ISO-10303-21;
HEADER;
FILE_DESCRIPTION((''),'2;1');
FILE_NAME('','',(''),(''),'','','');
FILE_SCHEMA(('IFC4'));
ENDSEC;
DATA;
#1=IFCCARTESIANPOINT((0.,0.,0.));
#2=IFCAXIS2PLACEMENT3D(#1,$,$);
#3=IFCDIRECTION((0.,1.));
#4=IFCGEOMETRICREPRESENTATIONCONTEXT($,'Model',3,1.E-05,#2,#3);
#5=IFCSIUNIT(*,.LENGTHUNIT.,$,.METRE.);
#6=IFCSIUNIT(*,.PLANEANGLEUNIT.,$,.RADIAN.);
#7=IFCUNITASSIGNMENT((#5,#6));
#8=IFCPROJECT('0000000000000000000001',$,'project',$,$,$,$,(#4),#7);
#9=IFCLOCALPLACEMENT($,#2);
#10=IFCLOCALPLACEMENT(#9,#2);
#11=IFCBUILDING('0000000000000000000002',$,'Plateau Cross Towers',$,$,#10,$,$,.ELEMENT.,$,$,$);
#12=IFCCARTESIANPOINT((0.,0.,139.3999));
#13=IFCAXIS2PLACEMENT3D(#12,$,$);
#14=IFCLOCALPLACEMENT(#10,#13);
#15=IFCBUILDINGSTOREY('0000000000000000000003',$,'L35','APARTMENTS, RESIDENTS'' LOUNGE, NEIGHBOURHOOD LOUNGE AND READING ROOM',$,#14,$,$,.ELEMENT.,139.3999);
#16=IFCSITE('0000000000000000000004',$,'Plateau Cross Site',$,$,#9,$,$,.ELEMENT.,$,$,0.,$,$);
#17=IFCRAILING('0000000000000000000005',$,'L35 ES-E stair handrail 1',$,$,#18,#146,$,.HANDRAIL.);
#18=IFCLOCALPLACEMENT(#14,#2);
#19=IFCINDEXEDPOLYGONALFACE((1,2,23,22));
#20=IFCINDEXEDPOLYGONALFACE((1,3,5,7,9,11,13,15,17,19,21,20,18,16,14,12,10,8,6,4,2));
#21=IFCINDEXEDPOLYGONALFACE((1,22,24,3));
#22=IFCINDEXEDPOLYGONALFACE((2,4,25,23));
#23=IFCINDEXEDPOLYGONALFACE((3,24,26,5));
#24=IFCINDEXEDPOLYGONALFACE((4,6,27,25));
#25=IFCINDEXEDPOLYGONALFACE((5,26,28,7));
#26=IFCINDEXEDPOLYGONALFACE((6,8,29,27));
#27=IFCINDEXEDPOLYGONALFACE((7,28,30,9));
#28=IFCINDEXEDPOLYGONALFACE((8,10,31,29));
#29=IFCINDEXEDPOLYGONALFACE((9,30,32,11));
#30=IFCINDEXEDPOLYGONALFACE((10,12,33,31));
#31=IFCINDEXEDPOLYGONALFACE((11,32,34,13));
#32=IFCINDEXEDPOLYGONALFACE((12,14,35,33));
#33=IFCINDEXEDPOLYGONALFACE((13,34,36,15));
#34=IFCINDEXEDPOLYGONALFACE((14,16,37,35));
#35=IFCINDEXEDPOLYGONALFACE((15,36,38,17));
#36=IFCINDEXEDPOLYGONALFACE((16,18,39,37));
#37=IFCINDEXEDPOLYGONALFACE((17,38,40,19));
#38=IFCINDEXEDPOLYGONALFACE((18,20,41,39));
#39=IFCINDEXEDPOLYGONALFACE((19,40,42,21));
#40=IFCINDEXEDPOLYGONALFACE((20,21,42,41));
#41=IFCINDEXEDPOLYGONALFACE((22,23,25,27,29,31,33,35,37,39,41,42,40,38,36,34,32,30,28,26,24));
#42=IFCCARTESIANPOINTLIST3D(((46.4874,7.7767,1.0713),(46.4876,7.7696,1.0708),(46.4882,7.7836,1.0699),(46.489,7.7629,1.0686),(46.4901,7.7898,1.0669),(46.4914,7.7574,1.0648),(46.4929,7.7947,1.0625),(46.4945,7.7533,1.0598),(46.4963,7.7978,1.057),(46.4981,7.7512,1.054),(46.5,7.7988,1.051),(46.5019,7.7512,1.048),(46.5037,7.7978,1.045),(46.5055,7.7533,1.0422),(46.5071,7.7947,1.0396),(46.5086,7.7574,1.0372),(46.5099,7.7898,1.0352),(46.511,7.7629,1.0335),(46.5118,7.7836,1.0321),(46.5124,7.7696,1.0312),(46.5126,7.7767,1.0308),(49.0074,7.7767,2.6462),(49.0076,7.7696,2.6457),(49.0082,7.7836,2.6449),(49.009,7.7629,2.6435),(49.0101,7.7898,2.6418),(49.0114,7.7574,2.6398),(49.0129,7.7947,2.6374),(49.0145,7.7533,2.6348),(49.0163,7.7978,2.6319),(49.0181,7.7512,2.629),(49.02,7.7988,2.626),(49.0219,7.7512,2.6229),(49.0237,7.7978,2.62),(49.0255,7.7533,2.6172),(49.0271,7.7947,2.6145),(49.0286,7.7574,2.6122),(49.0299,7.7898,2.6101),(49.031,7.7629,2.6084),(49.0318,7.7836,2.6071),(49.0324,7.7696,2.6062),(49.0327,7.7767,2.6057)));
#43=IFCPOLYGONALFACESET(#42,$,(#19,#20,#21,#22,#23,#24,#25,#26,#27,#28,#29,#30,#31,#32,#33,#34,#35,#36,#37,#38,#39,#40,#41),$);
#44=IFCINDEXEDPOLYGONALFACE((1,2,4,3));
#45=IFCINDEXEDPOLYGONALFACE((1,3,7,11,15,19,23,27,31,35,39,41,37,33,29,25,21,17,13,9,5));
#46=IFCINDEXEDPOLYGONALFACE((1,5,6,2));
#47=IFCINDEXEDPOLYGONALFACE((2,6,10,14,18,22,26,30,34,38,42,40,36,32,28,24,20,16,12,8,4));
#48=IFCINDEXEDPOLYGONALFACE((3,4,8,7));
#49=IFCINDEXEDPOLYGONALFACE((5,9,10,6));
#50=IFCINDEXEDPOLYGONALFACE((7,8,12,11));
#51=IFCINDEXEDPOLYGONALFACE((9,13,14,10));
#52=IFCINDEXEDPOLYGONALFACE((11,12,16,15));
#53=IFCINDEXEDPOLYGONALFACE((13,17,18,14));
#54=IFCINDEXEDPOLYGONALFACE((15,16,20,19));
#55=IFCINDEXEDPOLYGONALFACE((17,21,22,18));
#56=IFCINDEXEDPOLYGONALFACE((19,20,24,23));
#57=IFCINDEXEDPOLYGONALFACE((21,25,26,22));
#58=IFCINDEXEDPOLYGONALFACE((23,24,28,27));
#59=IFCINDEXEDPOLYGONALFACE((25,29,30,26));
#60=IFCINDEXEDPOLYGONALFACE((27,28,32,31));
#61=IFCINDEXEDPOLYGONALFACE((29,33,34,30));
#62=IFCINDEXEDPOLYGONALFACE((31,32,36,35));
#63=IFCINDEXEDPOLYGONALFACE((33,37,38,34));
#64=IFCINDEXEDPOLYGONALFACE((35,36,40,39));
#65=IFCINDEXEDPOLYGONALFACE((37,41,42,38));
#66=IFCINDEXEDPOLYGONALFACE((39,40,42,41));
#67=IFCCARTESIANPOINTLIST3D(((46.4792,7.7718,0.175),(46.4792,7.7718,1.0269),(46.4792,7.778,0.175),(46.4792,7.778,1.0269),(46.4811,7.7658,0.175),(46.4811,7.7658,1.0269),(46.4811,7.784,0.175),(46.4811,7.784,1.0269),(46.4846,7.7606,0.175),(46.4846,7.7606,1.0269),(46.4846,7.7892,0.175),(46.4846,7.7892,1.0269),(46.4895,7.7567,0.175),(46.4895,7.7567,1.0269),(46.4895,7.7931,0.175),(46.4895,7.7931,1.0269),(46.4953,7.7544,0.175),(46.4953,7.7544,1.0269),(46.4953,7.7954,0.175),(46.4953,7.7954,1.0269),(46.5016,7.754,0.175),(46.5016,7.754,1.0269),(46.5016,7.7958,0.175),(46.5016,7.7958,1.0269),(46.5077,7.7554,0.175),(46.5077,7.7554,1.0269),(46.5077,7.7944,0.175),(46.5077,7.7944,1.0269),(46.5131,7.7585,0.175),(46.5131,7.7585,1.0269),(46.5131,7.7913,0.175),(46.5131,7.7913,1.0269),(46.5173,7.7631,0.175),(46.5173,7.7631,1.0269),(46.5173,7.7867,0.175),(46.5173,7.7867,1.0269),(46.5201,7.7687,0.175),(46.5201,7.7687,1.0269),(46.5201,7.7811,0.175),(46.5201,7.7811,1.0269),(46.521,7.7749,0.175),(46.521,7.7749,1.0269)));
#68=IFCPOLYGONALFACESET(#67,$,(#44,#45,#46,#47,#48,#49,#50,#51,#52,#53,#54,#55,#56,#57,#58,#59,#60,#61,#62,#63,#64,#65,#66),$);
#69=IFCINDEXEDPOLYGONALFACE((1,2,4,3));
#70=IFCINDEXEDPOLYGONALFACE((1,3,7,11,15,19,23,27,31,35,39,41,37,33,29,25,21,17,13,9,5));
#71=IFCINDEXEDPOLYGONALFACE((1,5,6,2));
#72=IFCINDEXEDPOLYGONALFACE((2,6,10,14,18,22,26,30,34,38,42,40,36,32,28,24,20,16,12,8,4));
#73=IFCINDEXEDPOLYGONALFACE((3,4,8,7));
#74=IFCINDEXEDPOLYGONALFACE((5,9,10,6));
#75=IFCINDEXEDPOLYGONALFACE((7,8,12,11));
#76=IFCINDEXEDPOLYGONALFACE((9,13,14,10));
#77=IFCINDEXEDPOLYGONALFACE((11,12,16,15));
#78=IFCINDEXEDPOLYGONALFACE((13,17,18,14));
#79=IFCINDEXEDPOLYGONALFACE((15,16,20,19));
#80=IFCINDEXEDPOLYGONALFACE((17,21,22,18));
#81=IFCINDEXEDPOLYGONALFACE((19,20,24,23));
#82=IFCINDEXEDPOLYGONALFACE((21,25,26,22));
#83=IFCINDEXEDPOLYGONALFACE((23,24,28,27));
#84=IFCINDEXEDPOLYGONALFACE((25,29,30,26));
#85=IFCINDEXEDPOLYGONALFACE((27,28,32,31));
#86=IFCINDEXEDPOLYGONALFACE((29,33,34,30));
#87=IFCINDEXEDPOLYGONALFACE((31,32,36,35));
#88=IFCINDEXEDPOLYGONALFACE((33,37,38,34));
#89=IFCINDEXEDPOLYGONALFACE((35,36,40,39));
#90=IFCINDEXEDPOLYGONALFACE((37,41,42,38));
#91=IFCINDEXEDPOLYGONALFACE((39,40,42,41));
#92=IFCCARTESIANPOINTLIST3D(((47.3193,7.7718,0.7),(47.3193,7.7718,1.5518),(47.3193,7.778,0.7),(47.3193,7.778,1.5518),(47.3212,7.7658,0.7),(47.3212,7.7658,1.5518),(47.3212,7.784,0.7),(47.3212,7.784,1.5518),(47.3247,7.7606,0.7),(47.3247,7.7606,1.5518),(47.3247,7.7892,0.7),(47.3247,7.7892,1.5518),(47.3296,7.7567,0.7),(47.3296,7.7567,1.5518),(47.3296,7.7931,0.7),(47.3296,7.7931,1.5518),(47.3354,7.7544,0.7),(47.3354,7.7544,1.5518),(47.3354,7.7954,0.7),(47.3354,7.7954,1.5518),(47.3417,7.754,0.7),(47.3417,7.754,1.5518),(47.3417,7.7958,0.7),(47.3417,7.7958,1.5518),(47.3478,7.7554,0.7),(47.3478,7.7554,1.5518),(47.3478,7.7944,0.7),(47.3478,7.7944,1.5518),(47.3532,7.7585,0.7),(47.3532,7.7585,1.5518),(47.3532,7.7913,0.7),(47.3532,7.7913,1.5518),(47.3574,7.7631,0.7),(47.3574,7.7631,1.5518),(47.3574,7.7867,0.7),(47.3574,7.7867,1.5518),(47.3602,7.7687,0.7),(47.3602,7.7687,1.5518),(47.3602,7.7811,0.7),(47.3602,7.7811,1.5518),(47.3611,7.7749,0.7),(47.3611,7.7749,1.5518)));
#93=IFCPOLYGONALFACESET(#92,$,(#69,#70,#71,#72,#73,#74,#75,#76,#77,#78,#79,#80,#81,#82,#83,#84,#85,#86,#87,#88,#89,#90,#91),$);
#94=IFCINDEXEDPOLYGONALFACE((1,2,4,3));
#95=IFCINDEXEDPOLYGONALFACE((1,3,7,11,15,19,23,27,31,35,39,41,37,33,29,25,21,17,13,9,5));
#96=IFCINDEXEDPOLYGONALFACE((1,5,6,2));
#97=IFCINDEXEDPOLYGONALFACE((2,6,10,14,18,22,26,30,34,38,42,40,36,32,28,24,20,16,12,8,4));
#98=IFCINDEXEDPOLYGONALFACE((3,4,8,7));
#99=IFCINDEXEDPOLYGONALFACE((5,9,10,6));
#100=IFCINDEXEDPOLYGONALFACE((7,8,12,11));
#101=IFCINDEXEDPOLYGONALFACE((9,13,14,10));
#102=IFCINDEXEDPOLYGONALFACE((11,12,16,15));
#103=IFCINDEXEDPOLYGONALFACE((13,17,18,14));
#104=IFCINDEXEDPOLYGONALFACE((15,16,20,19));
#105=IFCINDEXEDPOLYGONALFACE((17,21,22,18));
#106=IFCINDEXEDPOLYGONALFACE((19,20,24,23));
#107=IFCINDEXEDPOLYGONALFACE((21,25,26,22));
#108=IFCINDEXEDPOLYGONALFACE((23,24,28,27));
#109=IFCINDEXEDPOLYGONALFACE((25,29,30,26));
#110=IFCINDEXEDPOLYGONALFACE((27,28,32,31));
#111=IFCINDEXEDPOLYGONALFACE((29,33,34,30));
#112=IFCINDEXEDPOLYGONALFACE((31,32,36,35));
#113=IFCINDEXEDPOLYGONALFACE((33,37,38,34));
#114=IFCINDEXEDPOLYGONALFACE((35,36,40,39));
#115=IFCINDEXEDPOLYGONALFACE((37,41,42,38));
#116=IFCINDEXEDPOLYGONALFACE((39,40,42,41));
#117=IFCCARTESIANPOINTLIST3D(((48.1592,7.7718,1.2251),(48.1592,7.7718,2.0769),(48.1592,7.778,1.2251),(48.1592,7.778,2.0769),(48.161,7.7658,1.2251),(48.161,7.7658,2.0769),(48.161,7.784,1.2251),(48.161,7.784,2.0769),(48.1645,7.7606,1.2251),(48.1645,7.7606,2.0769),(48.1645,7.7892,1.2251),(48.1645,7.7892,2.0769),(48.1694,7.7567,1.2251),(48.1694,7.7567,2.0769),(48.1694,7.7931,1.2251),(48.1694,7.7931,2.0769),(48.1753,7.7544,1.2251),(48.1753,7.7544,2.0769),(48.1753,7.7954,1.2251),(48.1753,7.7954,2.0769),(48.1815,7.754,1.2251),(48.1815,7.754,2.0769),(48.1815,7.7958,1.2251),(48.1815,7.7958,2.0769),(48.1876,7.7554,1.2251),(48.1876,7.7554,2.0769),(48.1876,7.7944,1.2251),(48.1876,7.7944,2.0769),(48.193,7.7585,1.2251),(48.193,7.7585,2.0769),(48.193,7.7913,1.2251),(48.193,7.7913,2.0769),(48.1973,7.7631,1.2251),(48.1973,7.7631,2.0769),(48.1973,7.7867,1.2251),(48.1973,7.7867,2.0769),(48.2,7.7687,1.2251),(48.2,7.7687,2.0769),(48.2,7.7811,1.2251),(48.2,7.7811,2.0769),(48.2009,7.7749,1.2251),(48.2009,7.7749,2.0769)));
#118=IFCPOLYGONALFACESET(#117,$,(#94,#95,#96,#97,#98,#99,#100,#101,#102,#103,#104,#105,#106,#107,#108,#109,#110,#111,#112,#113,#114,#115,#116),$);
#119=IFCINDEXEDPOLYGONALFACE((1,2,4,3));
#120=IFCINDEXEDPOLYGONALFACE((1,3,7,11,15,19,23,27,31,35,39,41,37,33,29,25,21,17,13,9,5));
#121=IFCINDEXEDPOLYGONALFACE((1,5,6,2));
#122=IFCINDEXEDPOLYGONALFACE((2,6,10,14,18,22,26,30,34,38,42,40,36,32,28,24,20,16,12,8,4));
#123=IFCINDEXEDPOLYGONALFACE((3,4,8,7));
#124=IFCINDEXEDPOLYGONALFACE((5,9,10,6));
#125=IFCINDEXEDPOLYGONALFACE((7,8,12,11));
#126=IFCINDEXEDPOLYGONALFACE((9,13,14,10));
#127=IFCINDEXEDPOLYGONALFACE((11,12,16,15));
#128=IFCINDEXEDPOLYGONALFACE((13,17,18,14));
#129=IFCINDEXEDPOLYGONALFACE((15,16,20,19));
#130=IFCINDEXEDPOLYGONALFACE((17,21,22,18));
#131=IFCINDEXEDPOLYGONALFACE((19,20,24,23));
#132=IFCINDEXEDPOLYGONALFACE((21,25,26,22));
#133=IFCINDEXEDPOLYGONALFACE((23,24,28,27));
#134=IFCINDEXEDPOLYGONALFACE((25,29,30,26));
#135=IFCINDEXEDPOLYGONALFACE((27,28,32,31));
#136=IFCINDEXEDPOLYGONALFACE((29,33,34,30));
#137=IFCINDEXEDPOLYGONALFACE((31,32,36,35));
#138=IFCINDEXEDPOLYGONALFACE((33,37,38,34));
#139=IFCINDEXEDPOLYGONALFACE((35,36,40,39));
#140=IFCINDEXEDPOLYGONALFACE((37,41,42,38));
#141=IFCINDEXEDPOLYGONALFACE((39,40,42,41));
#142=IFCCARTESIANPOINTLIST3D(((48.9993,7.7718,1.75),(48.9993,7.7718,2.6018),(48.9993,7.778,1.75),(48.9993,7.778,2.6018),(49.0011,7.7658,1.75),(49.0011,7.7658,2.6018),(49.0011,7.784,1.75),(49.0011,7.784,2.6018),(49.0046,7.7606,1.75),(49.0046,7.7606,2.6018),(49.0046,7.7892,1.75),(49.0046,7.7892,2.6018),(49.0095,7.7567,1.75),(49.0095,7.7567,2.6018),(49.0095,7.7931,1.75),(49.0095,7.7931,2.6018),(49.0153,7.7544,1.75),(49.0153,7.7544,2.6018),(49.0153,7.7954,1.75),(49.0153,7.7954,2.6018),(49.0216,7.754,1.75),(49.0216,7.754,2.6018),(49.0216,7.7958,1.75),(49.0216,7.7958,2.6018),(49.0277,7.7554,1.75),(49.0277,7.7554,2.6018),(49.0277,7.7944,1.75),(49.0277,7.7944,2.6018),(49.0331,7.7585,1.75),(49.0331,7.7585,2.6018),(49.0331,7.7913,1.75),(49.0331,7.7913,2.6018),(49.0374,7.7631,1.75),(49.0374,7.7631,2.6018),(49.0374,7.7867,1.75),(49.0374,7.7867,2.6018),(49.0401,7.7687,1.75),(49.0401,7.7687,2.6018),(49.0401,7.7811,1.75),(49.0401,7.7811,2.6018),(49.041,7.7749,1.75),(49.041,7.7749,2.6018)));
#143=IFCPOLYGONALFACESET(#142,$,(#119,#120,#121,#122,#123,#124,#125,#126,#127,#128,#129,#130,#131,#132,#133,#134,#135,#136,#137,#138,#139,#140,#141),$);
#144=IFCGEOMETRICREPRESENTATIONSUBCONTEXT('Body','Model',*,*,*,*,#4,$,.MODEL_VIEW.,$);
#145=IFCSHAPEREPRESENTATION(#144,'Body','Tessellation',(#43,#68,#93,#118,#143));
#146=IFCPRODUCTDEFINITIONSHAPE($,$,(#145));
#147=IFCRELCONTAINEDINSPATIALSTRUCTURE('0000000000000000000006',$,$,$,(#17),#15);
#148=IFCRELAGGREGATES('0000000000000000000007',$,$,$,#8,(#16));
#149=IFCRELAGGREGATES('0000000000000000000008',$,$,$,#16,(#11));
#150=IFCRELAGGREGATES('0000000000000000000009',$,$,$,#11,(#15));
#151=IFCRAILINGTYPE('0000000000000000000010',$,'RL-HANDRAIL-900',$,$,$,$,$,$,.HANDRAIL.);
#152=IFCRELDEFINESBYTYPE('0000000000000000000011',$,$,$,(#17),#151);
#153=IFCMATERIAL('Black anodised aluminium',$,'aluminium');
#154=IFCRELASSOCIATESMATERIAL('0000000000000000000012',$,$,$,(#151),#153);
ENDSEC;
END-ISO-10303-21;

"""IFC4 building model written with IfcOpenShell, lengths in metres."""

from ifc_helpers import new_model, si_unit, direction, frame, origin, origin_2d, place, context, subcontext, project, spatial, circle, extrude, material, type_object, element, save


model = new_model("IFC4")

# Units and contexts
model_context = context("Model", 3, precision=1e-05, world=origin(), true_north=direction((0.0, 1.0)))
body_context = subcontext(model_context, "Body", "Model", "MODEL_VIEW")
ifc_project = project(units=[si_unit("LENGTHUNIT", "METRE"), si_unit("PLANEANGLEUNIT", "RADIAN")], contexts=[model_context])

# Site, building, storey
site_placement = place(None, origin())
site = spatial("IfcSite", under=ifc_project, at=site_placement, Name="Plateau Cross Site", CompositionType="ELEMENT", RefElevation=0.0)
building_placement = place(site_placement, origin())
building = spatial("IfcBuilding", under=site, at=building_placement, Name="Plateau Cross Towers", CompositionType="ELEMENT")
storey_placement = place(building_placement, frame((0.0, 0.0, 139.3999)))
storey = spatial("IfcBuildingStorey", under=building, at=storey_placement, Name="L35", Description="APARTMENTS, RESIDENTS' LOUNGE, NEIGHBOURHOOD LOUNGE AND READING ROOM", CompositionType="ELEMENT", Elevation=139.3999)

# Shared definitions
ifc_material_1 = material(Name="Black anodised aluminium", Category="aluminium")

# Railing
railing_type_1 = type_object("IfcRailingType", Name="RL-HANDRAIL-900", PredefinedType="HANDRAIL", material=ifc_material_1)
railing_1_placement = place(storey_placement, frame((46.5, 7.7749, 0.175)))
element("IfcRailing", 1, at=railing_1_placement, inside=storey, type_object=railing_type_1, Name="L35 ES-E stair handrail 1", PredefinedType="HANDRAIL", context=body_context, shape_type="SweptSolid", body=[
    extrude(circle(Radius=0.0239, at=origin_2d()), frame((0.0, 0.0, 0.876), z_axis=(0.848008, 0.0, 0.529984), x_axis=(0.0, 1.0, 0.0)), (0.0, 0.0, 1.0), 2.9717),
    extrude(circle(Radius=0.021, at=origin_2d()), origin(), (0.0, 0.0, 1.0), 0.8518),
    extrude(circle(Radius=0.021, at=origin_2d()), frame((0.8401, 0.0, 0.5249)), (0.0, 0.0, 1.0), 0.8518),
    extrude(circle(Radius=0.021, at=origin_2d()), frame((1.6799, 0.0, 1.05)), (0.0, 0.0, 1.0), 0.8518),
    extrude(circle(Radius=0.021, at=origin_2d()), frame((2.52, 0.0, 1.575)), (0.0, 0.0, 1.0), 0.8518),
])

save(model, "model.ifc")
